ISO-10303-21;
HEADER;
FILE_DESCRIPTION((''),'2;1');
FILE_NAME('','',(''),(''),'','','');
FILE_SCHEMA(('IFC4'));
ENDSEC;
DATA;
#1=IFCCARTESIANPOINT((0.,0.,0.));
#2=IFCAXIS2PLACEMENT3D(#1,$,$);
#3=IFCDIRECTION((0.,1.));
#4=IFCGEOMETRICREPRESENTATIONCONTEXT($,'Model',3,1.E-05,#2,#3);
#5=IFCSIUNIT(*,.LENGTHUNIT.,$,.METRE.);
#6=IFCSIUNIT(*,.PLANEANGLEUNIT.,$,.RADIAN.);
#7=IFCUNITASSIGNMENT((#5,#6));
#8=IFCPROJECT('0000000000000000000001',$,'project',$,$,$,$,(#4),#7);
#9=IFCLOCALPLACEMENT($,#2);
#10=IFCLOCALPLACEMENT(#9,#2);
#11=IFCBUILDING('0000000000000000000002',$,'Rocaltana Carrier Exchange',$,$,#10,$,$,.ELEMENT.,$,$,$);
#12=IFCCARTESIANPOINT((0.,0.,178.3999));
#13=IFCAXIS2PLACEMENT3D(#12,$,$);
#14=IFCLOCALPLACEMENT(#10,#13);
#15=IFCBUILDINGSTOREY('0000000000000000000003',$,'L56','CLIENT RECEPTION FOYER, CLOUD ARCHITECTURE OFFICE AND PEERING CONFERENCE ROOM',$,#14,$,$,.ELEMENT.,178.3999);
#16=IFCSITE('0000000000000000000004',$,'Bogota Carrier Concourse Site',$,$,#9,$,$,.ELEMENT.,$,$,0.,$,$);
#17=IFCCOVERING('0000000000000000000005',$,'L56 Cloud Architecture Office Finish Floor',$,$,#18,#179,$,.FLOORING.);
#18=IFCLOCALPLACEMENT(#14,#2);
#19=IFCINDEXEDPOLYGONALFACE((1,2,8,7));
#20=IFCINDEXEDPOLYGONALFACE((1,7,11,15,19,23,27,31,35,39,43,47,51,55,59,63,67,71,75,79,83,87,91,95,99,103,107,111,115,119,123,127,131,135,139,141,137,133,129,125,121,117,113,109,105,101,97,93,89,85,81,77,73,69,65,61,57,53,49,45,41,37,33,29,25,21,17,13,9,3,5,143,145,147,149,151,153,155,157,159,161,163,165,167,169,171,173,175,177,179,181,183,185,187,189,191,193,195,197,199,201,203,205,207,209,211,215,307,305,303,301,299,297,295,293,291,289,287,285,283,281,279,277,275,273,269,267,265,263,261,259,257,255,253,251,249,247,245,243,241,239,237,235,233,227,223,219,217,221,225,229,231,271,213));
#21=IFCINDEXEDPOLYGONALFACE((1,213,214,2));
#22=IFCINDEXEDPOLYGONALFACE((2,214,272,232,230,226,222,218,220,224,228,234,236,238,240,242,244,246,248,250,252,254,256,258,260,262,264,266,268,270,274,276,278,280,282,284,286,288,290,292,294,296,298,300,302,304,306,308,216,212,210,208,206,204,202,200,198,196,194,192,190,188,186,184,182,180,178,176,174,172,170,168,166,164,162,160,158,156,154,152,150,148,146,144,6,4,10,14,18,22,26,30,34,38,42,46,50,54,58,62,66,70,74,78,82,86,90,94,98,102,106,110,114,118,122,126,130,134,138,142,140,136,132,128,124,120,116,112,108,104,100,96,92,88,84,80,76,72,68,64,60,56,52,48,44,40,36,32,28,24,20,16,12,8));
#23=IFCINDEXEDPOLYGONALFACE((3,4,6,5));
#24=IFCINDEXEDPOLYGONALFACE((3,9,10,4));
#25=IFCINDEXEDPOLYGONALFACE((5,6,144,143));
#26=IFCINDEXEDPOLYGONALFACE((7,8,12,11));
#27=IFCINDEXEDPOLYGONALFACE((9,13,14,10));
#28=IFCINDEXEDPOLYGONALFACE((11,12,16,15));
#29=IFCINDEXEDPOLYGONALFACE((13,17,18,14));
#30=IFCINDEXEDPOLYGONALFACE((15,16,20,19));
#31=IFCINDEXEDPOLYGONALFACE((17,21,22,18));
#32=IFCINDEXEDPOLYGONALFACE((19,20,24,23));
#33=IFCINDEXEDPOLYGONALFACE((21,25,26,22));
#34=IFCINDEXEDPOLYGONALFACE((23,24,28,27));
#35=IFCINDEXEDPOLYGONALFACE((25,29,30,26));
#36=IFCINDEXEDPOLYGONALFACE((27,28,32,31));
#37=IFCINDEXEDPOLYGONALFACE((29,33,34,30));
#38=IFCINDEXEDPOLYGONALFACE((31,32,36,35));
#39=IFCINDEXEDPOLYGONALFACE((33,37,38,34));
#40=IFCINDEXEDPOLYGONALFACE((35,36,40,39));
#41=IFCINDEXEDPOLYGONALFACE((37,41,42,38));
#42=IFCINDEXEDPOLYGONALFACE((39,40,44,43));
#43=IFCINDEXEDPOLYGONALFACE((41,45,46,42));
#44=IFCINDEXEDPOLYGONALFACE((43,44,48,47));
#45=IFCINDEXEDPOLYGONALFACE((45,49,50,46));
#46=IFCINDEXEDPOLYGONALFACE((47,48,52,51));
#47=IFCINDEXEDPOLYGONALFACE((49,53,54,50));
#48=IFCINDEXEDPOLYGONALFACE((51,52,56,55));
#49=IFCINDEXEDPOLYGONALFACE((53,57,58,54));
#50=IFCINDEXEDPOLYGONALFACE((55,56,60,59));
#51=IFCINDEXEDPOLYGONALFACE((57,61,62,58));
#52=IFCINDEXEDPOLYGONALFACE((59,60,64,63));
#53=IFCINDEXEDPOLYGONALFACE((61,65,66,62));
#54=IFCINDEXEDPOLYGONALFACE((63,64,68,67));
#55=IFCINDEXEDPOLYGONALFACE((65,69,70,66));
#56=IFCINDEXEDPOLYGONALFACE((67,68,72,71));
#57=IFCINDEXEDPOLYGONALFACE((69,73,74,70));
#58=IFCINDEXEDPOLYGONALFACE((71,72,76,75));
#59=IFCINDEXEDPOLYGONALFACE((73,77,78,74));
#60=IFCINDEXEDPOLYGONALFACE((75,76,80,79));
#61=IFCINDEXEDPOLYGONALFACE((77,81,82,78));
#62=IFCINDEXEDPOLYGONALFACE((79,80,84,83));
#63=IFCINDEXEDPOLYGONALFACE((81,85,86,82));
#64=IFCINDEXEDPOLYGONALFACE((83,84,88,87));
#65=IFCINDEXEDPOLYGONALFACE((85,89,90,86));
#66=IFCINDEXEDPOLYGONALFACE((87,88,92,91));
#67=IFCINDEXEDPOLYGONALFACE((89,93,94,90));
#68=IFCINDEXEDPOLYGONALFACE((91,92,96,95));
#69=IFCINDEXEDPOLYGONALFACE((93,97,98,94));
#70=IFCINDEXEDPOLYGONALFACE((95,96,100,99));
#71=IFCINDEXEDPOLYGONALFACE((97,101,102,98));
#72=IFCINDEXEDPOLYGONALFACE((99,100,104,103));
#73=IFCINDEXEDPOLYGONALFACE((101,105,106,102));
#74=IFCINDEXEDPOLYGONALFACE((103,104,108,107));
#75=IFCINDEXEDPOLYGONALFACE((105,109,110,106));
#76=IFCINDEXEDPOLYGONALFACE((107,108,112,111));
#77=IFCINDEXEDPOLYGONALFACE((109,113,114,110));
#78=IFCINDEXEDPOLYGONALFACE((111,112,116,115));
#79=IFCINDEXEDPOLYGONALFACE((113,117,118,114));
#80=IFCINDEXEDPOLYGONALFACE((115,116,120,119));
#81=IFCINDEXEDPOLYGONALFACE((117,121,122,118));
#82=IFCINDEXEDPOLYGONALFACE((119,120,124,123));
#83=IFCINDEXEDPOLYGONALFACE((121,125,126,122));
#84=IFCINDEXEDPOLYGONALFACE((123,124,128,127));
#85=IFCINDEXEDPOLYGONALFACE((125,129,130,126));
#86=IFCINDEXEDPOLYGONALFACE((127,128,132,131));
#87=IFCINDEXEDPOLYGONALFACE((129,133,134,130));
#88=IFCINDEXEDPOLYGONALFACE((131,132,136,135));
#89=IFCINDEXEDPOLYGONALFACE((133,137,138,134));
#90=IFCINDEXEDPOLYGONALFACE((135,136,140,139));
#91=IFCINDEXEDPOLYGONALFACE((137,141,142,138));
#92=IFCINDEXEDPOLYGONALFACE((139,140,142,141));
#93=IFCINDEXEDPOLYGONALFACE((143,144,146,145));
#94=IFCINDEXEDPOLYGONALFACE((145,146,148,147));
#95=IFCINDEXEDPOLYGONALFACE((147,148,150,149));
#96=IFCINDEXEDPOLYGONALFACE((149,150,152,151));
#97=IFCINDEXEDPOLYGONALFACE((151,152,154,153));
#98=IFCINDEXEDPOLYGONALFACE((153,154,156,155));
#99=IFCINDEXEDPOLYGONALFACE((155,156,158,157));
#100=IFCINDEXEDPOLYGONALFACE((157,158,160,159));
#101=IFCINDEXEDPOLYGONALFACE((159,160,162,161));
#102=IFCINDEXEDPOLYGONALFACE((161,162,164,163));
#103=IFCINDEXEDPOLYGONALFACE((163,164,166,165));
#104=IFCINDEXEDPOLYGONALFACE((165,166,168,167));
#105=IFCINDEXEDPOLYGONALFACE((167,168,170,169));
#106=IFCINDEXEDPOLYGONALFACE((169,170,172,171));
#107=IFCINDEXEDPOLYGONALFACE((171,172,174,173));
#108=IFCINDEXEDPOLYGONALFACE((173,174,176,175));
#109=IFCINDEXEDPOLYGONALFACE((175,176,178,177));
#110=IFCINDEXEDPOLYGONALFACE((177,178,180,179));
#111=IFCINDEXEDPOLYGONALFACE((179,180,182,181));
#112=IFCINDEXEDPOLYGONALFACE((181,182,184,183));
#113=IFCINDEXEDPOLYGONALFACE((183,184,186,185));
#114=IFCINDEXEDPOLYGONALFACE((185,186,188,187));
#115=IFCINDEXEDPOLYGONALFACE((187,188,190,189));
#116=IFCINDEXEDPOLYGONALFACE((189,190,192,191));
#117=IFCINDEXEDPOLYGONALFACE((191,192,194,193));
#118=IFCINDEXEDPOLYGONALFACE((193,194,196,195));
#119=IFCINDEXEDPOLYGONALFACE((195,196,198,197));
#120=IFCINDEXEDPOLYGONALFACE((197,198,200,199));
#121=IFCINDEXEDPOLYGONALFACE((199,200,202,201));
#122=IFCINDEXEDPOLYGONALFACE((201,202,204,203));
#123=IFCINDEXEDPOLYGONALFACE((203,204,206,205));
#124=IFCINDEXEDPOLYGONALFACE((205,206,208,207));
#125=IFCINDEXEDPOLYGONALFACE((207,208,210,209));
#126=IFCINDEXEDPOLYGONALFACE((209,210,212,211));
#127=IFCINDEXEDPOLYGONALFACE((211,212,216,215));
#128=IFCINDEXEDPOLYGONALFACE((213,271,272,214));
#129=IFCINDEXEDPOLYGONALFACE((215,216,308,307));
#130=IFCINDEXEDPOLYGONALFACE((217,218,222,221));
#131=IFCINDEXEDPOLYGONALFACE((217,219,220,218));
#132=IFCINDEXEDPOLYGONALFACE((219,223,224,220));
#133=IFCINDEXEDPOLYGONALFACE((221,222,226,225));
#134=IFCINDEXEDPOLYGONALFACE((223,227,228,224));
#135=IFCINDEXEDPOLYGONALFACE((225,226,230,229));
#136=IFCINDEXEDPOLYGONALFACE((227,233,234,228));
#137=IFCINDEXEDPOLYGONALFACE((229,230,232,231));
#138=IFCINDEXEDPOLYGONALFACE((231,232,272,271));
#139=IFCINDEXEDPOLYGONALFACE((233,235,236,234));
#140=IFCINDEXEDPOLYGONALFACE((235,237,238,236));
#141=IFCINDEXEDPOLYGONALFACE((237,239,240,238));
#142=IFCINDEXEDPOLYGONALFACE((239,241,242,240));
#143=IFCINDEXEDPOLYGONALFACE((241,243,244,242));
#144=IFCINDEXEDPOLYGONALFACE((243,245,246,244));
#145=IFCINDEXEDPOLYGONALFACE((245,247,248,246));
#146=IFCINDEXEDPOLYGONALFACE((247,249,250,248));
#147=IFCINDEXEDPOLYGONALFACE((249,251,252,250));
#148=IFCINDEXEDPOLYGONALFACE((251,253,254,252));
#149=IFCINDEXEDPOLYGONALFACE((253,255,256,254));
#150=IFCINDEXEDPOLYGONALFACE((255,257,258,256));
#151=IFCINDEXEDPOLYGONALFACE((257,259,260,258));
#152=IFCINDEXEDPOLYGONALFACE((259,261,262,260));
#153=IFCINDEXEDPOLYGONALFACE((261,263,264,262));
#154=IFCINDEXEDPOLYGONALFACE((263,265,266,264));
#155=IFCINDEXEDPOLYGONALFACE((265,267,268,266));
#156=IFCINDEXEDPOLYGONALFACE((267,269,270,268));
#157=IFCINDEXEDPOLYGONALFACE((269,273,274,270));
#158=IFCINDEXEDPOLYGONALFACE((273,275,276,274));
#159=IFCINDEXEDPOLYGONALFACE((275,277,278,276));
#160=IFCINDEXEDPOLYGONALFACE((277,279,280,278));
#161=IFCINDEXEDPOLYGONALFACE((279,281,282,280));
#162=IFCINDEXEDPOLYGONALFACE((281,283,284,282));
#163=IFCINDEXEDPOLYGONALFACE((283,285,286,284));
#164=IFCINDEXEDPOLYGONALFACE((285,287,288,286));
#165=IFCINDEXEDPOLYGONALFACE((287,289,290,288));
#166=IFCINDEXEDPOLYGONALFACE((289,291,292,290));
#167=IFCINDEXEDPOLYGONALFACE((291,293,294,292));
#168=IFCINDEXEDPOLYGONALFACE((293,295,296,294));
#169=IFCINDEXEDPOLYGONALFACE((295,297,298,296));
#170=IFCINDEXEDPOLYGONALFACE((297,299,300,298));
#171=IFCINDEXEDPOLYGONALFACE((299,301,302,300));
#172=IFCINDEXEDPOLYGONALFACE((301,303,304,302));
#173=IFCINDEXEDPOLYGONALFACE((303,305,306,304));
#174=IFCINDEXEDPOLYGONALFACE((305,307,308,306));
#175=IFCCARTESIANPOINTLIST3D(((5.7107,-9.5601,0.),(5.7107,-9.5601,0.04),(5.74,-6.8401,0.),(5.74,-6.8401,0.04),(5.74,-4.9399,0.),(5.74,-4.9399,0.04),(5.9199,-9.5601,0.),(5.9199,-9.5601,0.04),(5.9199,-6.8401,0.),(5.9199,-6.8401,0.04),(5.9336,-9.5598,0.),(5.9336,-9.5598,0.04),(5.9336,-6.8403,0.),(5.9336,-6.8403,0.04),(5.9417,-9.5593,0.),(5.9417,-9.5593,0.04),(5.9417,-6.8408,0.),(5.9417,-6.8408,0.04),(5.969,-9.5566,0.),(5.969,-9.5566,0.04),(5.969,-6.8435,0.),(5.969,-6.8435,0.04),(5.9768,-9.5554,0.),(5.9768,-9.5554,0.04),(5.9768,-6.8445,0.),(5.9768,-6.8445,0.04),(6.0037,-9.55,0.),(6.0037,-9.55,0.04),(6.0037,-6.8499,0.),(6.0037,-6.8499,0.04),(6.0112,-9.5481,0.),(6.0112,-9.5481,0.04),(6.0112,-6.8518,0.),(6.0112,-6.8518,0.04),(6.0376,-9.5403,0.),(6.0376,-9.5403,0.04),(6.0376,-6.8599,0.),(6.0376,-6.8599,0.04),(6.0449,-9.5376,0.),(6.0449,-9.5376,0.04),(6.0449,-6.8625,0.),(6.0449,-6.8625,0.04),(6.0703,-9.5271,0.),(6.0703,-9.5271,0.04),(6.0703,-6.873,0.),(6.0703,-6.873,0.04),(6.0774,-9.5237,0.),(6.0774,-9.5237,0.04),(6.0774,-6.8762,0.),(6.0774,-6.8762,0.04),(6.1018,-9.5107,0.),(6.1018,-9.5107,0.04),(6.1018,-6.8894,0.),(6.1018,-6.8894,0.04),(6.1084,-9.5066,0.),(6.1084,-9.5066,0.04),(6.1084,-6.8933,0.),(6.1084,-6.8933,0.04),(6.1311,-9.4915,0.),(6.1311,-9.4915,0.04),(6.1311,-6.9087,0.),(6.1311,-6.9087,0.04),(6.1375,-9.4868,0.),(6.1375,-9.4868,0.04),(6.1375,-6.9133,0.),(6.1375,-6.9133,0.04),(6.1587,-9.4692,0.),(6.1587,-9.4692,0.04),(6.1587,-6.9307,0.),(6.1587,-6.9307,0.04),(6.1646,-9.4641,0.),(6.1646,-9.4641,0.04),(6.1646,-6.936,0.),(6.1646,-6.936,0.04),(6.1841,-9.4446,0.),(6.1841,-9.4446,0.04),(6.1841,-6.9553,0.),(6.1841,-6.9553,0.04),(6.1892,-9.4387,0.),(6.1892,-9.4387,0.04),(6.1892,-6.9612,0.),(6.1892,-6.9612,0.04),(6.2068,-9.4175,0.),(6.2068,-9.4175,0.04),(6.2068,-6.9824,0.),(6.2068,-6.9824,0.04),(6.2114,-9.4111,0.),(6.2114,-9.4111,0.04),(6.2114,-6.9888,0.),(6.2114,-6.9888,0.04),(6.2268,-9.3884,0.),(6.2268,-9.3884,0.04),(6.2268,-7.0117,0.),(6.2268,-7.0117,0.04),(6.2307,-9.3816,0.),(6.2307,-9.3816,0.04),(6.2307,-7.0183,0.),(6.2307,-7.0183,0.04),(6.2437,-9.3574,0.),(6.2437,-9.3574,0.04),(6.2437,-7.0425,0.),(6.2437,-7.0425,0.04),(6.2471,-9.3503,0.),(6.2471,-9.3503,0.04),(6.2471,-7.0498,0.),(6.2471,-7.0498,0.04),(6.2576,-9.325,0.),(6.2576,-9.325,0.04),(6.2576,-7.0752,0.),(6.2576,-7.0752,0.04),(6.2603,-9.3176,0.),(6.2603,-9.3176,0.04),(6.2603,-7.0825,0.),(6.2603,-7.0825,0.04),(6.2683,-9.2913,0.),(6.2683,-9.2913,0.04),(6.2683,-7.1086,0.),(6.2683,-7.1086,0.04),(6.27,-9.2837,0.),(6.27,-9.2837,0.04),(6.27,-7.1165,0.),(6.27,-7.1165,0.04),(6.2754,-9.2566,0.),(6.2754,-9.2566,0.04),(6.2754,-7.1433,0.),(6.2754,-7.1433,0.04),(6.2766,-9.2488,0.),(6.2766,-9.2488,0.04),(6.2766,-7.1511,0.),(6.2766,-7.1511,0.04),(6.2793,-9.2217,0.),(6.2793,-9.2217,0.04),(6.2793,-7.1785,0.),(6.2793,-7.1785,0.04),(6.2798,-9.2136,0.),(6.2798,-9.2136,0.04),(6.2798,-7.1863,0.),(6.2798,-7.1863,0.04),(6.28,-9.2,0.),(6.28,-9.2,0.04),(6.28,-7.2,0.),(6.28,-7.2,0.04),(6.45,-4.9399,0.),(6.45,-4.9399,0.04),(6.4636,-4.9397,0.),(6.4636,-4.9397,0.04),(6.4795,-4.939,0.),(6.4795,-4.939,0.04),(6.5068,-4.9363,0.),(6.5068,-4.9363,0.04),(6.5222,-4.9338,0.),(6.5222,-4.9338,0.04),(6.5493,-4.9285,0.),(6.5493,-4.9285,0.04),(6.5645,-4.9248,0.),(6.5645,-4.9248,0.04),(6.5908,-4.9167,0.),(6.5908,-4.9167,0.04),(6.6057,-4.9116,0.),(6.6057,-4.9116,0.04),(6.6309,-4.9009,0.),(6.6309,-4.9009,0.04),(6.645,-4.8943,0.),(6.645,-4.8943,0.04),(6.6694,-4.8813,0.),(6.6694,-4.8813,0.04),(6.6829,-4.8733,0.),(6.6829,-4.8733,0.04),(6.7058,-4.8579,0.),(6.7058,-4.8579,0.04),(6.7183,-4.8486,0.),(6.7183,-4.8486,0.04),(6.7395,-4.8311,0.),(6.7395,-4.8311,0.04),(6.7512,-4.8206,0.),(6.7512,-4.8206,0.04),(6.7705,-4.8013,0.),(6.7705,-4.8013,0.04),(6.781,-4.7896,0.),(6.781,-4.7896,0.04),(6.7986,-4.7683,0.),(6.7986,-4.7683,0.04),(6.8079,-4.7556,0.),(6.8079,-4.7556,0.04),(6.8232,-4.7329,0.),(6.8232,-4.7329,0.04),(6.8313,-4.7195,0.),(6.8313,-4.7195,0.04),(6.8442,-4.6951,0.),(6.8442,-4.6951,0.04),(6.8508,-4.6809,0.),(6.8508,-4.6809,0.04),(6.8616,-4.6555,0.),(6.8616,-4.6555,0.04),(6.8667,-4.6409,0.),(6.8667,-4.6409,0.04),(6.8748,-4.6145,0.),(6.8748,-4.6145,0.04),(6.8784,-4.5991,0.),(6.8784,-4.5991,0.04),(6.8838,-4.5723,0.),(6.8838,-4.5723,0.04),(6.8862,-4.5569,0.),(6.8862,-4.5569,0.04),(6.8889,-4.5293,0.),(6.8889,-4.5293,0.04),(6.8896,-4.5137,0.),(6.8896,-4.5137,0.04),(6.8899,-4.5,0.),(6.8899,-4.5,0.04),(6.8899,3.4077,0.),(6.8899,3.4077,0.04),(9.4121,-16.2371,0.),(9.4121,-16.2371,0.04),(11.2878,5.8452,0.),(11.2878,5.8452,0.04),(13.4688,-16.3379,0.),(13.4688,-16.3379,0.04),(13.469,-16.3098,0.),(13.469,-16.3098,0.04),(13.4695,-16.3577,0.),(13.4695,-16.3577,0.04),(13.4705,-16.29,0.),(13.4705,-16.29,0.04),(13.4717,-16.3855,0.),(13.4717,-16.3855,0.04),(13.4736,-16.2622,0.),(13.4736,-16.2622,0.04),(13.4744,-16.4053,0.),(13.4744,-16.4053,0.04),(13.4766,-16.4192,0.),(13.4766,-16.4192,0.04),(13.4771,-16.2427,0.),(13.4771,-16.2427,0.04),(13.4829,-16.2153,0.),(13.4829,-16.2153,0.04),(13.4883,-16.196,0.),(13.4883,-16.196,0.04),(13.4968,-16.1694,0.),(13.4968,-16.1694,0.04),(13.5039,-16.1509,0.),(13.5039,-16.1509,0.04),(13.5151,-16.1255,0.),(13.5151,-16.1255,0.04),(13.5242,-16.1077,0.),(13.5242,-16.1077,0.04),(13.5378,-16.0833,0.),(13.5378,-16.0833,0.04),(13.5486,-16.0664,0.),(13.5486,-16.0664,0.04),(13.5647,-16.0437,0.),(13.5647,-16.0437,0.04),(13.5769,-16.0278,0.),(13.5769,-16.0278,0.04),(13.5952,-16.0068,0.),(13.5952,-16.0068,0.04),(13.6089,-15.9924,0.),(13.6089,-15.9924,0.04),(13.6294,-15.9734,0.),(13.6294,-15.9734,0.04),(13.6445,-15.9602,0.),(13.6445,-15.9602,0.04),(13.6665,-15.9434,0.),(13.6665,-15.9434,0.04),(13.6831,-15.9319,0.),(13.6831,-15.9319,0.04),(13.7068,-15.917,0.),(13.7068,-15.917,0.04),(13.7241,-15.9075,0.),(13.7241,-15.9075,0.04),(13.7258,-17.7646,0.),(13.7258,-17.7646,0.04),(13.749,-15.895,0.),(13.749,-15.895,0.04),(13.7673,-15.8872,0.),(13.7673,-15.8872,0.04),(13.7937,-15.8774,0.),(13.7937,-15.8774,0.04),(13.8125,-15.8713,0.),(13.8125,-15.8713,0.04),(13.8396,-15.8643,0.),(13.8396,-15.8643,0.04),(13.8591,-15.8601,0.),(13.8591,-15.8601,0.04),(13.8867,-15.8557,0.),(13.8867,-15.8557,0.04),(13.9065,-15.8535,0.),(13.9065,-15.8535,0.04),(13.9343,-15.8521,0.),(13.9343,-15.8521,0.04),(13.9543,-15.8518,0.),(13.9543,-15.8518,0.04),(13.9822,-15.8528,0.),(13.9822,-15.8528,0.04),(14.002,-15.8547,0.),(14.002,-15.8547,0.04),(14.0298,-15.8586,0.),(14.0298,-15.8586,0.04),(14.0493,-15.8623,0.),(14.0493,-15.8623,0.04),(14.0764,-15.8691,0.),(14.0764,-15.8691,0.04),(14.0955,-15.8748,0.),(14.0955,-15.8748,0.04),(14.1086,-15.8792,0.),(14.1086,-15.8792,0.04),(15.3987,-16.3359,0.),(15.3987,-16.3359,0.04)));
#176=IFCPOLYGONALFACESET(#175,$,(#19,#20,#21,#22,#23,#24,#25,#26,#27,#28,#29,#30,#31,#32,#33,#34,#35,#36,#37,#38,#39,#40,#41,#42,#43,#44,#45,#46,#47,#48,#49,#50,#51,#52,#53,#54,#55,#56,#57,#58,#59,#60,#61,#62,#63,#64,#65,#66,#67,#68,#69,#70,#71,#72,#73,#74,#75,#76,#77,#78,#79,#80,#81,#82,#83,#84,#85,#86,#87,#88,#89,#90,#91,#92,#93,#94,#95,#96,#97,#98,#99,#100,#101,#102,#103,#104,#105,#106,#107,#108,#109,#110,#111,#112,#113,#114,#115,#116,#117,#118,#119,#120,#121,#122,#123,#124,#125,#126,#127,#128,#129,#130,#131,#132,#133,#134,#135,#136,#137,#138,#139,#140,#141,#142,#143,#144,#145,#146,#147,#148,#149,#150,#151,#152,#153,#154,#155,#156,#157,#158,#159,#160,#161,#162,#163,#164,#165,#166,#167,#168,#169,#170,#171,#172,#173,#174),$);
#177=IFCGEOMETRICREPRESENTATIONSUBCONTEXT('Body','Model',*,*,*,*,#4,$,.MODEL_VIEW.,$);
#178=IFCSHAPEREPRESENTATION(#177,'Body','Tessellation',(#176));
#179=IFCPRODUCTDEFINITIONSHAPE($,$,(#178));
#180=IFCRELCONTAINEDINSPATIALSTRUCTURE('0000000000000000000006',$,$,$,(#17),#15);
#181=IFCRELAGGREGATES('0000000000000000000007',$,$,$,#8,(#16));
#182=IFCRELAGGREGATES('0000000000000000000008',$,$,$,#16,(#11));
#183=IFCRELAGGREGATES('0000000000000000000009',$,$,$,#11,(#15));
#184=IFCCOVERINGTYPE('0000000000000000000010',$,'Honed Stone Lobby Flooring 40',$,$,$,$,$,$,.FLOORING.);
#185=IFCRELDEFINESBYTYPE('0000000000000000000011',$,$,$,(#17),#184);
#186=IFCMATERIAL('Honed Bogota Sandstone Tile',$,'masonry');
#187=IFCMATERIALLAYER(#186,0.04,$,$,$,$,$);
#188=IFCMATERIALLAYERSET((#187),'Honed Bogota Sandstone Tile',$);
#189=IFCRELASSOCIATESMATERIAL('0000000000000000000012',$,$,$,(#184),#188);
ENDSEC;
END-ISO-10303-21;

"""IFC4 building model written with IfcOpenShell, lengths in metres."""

from ifc_helpers import new_model, si_unit, direction, frame, origin, place, context, subcontext, project, spatial, polyline, outline, extrude, material, layer, layer_set, type_object, element, save


model = new_model("IFC4")

# Units and contexts
model_context = context("Model", 3, precision=1e-05, world=origin(), true_north=direction((0.0, 1.0)))
body_context = subcontext(model_context, "Body", "Model", "MODEL_VIEW")
ifc_project = project(units=[si_unit("LENGTHUNIT", "METRE"), si_unit("PLANEANGLEUNIT", "RADIAN")], contexts=[model_context])

# Site, building, storey
site_placement = place(None, origin())
site = spatial("IfcSite", under=ifc_project, at=site_placement, Name="Bogota Carrier Concourse Site", CompositionType="ELEMENT", RefElevation=0.0)
building_placement = place(site_placement, origin())
building = spatial("IfcBuilding", under=site, at=building_placement, Name="Rocaltana Carrier Exchange", CompositionType="ELEMENT")
storey_placement = place(building_placement, frame((0.0, 0.0, 178.3999)))
storey = spatial("IfcBuildingStorey", under=building, at=storey_placement, Name="L56", Description="CLIENT RECEPTION FOYER, CLOUD ARCHITECTURE OFFICE AND PEERING CONFERENCE ROOM", CompositionType="ELEMENT", Elevation=178.3999)

# Covering
ifc_material_1 = material(Name="Honed Bogota Sandstone Tile", Category="masonry")
ifc_layer_1 = layer(ifc_material_1, 0.04)
ifc_layer_set_1 = layer_set([ifc_layer_1], Name="Honed Bogota Sandstone Tile")
covering_type_1 = type_object("IfcCoveringType", Name="Honed Stone Lobby Flooring 40", PredefinedType="FLOORING", material=ifc_layer_set_1)
covering_1_placement = place(storey_placement, origin())
element("IfcCovering", 1, at=covering_1_placement, inside=storey, type_object=covering_type_1, Name="L56 Cloud Architecture Office Finish Floor", PredefinedType="FLOORING", context=body_context, shape_type="SweptSolid", body=[
    extrude(outline(polyline([(5.74, -6.8401), (5.74, -4.9399), (6.45, -4.9399), (6.4636, -4.9397), (6.4795, -4.939), (6.5068, -4.9363), (6.5222, -4.9338), (6.5493, -4.9285), (6.5645, -4.9248), (6.5908, -4.9167), (6.6057, -4.9116), (6.6309, -4.9009), (6.645, -4.8943), (6.6694, -4.8813), (6.6829, -4.8733), (6.7058, -4.8579), (6.7183, -4.8486), (6.7395, -4.8311), (6.7512, -4.8206), (6.7705, -4.8013), (6.781, -4.7896), (6.7986, -4.7683), (6.8079, -4.7556), (6.8232, -4.7329), (6.8313, -4.7195), (6.8442, -4.6951), (6.8508, -4.6809), (6.8616, -4.6555), (6.8667, -4.6409), (6.8748, -4.6145), (6.8784, -4.5991), (6.8838, -4.5723), (6.8862, -4.5569), (6.8889, -4.5293), (6.8896, -4.5137), (6.8899, -4.5), (6.8899, 3.4077), (11.2878, 5.8452), (15.3987, -16.3359), (14.1086, -15.8792), (14.0955, -15.8748), (14.0764, -15.8691), (14.0493, -15.8623), (14.0298, -15.8586), (14.002, -15.8547), (13.9822, -15.8528), (13.9543, -15.8518), (13.9343, -15.8521), (13.9065, -15.8535), (13.8867, -15.8557), (13.8591, -15.8601), (13.8396, -15.8643), (13.8125, -15.8713), (13.7937, -15.8774), (13.7673, -15.8872), (13.749, -15.895), (13.7241, -15.9075), (13.7068, -15.917), (13.6831, -15.9319), (13.6665, -15.9434), (13.6445, -15.9602), (13.6294, -15.9734), (13.6089, -15.9924), (13.5952, -16.0068), (13.5769, -16.0278), (13.5647, -16.0437), (13.5486, -16.0664), (13.5378, -16.0833), (13.5242, -16.1077), (13.5151, -16.1255), (13.5039, -16.1509), (13.4968, -16.1694), (13.4883, -16.196), (13.4829, -16.2153), (13.4771, -16.2427), (13.4736, -16.2622), (13.4705, -16.29), (13.469, -16.3098), (13.4688, -16.3379), (13.4695, -16.3577), (13.4717, -16.3855), (13.4744, -16.4053), (13.4766, -16.4192), (13.7258, -17.7646), (9.4121, -16.2371), (5.7107, -9.5601), (5.9199, -9.5601), (5.9336, -9.5598), (5.9417, -9.5593), (5.969, -9.5566), (5.9768, -9.5554), (6.0037, -9.55), (6.0112, -9.5481), (6.0376, -9.5403), (6.0449, -9.5376), (6.0703, -9.5271), (6.0774, -9.5237), (6.1018, -9.5107), (6.1084, -9.5066), (6.1311, -9.4915), (6.1375, -9.4868), (6.1587, -9.4692), (6.1646, -9.4641), (6.1841, -9.4446), (6.1892, -9.4387), (6.2068, -9.4175), (6.2114, -9.4111), (6.2268, -9.3884), (6.2307, -9.3816), (6.2437, -9.3574), (6.2471, -9.3503), (6.2576, -9.325), (6.2603, -9.3176), (6.2683, -9.2913), (6.27, -9.2837), (6.2754, -9.2566), (6.2766, -9.2488), (6.2793, -9.2217), (6.2798, -9.2136), (6.28, -9.2), (6.28, -7.2), (6.2798, -7.1863), (6.2793, -7.1785), (6.2766, -7.1511), (6.2754, -7.1433), (6.27, -7.1165), (6.2683, -7.1086), (6.2603, -7.0825), (6.2576, -7.0752), (6.2471, -7.0498), (6.2437, -7.0425), (6.2307, -7.0183), (6.2268, -7.0117), (6.2114, -6.9888), (6.2068, -6.9824), (6.1892, -6.9612), (6.1841, -6.9553), (6.1646, -6.936), (6.1587, -6.9307), (6.1375, -6.9133), (6.1311, -6.9087), (6.1084, -6.8933), (6.1018, -6.8894), (6.0774, -6.8762), (6.0703, -6.873), (6.0449, -6.8625), (6.0376, -6.8599), (6.0112, -6.8518), (6.0037, -6.8499), (5.9768, -6.8445), (5.969, -6.8435), (5.9417, -6.8408), (5.9336, -6.8403), (5.9199, -6.8401), (5.74, -6.8401)])), origin(), (0.0, 0.0, 1.0), 0.04),
])

save(model, "model.ifc")
